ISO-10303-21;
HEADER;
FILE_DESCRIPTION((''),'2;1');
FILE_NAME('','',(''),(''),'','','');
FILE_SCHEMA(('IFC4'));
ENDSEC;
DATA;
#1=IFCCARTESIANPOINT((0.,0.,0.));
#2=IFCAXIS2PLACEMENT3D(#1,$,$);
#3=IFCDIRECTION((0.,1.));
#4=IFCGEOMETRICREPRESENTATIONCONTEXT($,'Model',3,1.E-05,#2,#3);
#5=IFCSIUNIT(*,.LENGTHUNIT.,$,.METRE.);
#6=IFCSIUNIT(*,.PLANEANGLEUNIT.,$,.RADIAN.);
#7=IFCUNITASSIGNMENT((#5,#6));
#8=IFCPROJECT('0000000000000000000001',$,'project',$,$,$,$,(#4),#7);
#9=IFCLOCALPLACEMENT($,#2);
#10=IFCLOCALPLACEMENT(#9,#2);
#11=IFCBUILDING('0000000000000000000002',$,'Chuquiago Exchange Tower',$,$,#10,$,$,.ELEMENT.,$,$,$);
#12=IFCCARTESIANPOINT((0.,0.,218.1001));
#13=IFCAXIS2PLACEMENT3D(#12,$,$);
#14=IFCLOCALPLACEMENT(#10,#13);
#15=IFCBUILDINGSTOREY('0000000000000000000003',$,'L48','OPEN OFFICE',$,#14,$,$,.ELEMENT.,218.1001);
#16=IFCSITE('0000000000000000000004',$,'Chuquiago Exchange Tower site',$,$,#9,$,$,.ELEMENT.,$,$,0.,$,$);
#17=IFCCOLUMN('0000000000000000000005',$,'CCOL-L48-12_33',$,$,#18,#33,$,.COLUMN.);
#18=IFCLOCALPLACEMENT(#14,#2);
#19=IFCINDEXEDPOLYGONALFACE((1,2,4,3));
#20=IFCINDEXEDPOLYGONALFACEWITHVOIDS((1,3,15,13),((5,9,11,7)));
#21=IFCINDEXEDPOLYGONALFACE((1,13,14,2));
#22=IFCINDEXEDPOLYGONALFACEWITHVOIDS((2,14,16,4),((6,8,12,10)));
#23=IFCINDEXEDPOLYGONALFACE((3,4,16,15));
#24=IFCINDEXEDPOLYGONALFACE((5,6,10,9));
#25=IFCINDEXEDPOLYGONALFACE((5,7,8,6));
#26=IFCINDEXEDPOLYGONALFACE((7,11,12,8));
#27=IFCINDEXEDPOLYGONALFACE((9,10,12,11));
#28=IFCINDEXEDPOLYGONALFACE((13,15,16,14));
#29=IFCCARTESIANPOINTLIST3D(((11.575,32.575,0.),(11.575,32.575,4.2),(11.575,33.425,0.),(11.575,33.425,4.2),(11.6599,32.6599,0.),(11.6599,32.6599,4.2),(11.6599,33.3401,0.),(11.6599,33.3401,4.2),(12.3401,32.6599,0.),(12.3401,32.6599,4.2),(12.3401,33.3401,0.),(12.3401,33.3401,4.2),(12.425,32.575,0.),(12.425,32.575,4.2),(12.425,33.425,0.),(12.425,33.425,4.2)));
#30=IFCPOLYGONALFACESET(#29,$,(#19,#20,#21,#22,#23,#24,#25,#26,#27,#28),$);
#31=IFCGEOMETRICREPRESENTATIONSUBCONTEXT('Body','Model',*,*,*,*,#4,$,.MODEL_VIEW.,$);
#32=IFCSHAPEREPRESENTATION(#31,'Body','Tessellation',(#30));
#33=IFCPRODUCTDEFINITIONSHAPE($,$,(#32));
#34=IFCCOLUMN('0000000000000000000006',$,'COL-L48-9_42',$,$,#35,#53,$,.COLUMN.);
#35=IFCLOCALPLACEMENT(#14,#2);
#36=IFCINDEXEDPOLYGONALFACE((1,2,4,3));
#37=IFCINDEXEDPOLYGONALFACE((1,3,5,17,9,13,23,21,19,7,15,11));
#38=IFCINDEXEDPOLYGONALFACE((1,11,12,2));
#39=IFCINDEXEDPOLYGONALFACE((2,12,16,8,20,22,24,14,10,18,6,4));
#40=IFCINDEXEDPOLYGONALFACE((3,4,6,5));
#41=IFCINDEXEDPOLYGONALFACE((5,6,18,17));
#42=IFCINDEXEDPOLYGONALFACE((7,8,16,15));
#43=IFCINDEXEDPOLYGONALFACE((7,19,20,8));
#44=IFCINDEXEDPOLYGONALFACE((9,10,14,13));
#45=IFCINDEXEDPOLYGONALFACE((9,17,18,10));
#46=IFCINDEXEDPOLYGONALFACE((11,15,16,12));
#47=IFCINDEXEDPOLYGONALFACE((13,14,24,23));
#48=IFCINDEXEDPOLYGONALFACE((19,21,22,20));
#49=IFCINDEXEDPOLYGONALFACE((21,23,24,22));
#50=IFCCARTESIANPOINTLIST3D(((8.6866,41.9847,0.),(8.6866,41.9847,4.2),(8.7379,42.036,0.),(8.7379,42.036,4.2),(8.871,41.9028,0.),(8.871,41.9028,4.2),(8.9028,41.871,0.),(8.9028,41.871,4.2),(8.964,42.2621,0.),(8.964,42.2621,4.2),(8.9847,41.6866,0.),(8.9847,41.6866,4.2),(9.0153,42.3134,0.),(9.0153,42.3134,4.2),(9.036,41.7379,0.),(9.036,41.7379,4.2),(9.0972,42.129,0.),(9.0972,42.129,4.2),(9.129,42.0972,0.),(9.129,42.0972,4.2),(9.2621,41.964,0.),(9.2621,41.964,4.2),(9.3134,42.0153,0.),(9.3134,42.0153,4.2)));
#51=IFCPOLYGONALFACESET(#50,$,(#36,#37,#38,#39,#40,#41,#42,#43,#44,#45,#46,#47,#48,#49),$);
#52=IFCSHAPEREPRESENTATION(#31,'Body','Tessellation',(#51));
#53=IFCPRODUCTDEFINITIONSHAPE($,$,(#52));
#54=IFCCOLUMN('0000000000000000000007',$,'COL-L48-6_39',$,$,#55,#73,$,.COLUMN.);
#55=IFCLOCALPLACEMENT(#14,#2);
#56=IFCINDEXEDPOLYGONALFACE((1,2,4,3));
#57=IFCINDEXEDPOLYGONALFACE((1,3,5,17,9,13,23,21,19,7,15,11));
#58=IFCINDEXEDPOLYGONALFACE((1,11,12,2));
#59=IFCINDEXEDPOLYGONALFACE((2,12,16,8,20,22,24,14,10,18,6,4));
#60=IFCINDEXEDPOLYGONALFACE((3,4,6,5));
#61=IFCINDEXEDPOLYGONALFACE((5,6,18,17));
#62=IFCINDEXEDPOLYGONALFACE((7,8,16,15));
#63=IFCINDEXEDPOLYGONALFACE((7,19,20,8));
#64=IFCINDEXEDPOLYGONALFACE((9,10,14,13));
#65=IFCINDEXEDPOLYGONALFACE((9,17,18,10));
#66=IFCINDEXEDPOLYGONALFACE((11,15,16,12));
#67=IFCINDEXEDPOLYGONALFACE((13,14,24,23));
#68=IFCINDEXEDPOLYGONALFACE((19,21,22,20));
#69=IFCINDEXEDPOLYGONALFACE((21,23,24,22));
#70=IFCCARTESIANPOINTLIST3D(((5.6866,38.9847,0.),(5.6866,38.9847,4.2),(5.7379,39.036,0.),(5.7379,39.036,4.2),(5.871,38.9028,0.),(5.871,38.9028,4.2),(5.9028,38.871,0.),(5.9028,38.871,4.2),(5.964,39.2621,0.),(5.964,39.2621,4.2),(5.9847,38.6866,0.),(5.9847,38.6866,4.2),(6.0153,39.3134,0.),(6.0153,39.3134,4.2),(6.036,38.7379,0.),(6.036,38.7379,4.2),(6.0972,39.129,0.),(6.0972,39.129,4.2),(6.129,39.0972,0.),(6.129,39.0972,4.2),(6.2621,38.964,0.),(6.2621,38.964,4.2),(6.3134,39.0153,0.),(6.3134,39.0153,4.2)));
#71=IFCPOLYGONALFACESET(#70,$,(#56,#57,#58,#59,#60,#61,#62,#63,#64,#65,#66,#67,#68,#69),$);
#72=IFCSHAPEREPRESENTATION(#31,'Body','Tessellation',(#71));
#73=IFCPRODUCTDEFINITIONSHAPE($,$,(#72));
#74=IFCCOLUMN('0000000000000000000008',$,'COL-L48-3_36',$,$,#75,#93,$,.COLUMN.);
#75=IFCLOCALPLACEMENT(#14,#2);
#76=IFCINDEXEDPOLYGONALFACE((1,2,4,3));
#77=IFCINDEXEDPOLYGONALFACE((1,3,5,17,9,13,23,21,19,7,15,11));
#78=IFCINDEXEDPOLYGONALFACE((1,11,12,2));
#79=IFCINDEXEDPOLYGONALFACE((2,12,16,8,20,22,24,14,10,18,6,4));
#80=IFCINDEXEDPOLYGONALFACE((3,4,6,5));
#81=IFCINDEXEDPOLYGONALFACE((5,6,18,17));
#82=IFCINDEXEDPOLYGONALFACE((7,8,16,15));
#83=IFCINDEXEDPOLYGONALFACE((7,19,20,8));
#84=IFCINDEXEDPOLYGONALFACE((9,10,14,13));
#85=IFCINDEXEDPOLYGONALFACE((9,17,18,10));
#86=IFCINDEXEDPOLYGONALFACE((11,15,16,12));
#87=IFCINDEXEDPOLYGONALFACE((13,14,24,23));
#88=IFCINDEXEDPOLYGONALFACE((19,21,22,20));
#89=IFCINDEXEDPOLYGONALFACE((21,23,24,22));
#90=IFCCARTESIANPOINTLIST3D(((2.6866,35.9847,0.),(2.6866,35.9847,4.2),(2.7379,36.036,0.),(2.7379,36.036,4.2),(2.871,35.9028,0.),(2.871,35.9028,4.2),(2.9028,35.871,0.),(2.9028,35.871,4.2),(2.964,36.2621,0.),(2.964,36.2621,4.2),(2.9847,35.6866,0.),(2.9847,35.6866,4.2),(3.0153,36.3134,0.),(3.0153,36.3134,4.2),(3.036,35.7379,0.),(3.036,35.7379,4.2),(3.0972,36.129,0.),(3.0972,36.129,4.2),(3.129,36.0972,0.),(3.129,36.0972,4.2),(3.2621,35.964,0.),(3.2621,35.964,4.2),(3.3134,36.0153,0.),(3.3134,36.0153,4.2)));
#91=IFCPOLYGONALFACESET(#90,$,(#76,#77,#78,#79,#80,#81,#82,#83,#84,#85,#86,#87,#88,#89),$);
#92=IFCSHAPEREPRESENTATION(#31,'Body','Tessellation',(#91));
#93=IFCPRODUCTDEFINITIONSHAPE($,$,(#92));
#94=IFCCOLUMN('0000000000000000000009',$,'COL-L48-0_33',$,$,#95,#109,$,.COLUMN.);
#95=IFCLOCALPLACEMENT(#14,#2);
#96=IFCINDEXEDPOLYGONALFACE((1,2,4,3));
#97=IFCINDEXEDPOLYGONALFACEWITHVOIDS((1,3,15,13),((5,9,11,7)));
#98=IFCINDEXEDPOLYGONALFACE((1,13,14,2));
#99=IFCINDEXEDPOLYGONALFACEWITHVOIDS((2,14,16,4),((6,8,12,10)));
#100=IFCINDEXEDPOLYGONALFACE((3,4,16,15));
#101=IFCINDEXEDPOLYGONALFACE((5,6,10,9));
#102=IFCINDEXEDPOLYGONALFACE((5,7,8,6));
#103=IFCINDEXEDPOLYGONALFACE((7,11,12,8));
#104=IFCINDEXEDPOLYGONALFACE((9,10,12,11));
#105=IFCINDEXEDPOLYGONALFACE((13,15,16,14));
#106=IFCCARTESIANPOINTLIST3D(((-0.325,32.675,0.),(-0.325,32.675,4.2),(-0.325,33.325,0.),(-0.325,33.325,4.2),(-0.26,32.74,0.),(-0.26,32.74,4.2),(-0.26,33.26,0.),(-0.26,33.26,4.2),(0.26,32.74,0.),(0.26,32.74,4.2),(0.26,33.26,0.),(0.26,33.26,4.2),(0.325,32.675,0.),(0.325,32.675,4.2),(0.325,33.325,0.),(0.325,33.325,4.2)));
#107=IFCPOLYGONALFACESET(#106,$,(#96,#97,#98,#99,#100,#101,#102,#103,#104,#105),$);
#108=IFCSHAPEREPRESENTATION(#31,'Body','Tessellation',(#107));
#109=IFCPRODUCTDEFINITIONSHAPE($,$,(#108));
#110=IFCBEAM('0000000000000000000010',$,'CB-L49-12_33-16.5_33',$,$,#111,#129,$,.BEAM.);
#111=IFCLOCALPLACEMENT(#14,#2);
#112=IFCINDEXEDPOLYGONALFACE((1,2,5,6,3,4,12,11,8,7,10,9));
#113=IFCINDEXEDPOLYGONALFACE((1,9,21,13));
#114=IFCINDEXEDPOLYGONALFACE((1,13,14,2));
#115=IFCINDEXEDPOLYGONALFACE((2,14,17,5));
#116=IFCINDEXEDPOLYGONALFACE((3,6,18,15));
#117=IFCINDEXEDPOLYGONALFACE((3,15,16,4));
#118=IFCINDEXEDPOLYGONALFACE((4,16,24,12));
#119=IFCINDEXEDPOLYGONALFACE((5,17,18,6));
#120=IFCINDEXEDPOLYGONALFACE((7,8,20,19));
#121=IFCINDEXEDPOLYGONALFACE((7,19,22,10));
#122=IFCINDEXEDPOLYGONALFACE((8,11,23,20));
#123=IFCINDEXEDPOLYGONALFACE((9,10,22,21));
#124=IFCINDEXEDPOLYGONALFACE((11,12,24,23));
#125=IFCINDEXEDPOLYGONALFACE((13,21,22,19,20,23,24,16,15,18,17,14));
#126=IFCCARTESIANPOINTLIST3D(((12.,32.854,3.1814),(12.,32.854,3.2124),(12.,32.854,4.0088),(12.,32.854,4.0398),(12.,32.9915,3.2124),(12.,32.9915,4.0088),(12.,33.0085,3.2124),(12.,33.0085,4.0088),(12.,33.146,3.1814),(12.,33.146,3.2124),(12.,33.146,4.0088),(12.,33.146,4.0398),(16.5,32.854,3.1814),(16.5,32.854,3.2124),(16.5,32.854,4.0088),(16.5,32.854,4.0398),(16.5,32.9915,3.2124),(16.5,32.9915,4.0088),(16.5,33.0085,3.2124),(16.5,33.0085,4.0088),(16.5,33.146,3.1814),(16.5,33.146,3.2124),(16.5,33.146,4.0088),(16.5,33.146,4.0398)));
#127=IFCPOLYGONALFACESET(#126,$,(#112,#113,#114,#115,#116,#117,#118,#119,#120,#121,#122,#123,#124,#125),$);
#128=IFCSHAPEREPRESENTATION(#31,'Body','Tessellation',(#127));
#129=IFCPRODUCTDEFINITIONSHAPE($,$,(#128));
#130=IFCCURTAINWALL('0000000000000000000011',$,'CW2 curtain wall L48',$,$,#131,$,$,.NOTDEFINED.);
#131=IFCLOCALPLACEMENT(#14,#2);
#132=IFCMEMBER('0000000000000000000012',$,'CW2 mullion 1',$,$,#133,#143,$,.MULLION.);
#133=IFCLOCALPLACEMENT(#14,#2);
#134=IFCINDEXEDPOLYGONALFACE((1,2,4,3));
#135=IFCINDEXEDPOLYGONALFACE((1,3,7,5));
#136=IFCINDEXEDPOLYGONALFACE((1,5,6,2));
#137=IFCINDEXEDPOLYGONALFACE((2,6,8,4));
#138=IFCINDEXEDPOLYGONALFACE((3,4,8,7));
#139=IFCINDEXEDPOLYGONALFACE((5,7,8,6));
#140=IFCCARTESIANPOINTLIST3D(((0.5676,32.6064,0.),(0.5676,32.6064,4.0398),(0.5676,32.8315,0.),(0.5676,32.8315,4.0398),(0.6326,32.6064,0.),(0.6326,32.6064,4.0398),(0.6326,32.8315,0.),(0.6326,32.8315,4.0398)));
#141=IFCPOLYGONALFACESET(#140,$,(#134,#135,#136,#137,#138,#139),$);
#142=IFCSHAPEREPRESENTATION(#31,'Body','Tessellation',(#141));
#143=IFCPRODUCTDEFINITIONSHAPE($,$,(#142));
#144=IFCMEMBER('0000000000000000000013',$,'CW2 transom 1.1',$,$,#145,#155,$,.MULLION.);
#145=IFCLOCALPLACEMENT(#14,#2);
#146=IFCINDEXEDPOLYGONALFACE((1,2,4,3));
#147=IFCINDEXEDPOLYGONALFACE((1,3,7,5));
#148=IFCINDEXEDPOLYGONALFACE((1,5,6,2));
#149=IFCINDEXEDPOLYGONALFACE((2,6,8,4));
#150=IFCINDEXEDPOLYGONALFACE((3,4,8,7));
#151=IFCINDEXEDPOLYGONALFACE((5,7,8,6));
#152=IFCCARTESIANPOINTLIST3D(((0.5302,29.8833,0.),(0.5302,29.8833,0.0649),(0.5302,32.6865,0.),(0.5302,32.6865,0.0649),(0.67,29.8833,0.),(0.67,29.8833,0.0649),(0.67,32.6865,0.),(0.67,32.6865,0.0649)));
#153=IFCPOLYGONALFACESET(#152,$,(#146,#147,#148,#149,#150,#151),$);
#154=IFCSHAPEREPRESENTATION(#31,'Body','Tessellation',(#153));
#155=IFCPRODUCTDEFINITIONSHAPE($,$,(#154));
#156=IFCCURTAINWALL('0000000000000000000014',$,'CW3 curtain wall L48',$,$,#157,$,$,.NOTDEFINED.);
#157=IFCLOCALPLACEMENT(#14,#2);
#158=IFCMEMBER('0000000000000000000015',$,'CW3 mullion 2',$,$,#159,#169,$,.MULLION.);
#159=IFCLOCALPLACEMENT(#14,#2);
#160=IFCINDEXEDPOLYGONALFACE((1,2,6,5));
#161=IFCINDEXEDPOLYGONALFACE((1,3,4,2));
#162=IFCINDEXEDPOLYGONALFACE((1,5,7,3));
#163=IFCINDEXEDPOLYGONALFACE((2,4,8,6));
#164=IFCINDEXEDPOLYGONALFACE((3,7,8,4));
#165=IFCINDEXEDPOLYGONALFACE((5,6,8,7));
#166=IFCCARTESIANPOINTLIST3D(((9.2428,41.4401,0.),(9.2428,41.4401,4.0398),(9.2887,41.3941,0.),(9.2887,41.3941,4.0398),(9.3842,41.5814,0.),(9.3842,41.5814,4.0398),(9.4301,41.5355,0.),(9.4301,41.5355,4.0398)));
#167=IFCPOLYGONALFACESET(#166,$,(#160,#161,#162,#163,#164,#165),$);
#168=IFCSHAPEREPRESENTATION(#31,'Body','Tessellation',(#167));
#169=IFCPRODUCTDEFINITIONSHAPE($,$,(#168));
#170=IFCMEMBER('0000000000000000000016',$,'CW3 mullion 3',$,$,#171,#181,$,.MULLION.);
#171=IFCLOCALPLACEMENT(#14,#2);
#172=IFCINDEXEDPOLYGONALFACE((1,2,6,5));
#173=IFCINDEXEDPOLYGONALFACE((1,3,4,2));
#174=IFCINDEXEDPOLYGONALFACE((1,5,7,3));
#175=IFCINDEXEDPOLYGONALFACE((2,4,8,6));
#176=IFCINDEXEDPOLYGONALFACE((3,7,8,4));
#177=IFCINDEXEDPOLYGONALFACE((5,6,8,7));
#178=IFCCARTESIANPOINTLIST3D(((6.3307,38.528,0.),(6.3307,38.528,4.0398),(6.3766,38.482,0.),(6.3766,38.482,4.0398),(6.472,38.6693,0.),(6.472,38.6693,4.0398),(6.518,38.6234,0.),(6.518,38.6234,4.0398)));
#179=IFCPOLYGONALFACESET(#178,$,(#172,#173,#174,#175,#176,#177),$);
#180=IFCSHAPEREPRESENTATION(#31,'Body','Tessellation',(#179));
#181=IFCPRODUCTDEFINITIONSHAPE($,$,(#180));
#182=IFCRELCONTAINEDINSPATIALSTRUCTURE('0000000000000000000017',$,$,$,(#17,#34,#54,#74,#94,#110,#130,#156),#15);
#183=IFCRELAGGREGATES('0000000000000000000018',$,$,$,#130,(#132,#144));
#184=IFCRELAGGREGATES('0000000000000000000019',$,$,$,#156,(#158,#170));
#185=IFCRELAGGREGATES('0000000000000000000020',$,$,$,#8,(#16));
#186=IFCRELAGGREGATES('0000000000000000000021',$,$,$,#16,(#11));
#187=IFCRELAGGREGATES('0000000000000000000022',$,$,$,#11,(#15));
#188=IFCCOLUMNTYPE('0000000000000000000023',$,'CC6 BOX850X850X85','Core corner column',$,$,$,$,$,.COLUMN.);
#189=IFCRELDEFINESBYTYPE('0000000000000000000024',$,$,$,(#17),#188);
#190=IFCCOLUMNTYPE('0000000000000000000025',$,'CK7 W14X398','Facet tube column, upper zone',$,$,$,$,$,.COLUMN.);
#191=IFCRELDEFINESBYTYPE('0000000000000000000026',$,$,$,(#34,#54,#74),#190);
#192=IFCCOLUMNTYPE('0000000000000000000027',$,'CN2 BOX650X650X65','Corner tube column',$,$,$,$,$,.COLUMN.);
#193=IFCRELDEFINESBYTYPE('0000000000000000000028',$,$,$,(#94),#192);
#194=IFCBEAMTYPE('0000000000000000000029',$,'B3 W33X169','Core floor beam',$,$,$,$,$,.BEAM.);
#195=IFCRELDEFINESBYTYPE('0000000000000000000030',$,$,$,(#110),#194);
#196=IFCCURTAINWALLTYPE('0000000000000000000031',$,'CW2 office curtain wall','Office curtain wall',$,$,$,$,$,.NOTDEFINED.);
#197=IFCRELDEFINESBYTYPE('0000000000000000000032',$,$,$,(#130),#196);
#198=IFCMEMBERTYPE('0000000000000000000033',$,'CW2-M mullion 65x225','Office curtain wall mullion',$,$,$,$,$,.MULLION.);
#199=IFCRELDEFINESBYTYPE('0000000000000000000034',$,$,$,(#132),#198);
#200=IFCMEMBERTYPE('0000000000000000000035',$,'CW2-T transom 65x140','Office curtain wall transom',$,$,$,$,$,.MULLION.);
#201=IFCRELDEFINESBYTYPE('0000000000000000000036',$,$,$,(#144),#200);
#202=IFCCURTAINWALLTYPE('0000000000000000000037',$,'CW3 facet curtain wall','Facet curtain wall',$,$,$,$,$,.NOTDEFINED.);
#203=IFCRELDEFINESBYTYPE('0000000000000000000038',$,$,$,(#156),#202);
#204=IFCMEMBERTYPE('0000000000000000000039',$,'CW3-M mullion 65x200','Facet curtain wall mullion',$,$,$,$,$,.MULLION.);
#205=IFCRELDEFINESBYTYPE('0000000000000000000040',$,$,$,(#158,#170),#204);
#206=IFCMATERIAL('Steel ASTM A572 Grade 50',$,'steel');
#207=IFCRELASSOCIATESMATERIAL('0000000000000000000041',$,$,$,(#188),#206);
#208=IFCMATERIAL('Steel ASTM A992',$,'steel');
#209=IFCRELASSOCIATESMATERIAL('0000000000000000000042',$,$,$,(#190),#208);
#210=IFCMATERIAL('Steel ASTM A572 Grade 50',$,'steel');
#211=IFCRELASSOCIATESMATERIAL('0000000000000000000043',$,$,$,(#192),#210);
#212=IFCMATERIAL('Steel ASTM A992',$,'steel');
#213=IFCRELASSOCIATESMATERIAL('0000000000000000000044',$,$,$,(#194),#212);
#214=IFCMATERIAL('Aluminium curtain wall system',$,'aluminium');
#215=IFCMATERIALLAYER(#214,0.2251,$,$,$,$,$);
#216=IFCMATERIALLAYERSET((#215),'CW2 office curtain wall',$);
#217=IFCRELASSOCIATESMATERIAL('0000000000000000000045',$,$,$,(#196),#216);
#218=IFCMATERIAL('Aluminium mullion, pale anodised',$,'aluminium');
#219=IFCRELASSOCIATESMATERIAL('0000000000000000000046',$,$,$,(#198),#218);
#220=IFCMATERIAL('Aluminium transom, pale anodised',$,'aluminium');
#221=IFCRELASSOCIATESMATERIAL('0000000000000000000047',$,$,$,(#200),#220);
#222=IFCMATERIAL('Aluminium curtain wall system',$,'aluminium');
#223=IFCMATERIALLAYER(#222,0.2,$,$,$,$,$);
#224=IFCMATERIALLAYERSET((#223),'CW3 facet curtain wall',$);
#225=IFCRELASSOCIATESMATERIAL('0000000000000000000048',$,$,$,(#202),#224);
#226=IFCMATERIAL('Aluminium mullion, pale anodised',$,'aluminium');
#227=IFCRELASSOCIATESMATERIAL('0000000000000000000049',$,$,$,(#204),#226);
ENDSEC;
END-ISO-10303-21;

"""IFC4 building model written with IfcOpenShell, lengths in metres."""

from ifc_helpers import new_model, si_unit, direction, frame, origin, origin_2d, place, context, subcontext, project, spatial, rectangle, hollow_rectangle, i_section, extrude, material, layer, layer_set, material_profile, profile_set, type_object, element, aggregate, save


model = new_model("IFC4")

# Units and contexts
model_context = context("Model", 3, precision=1e-05, world=origin(), true_north=direction((0.0, 1.0)))
body_context = subcontext(model_context, "Body", "Model", "MODEL_VIEW")
ifc_project = project(units=[si_unit("LENGTHUNIT", "METRE"), si_unit("PLANEANGLEUNIT", "RADIAN")], contexts=[model_context])

# Site, building, storey
site_placement = place(None, origin())
site = spatial("IfcSite", under=ifc_project, at=site_placement, Name="Chuquiago Exchange Tower site", CompositionType="ELEMENT", RefElevation=0.0)
building_placement = place(site_placement, origin())
building = spatial("IfcBuilding", under=site, at=building_placement, Name="Chuquiago Exchange Tower", CompositionType="ELEMENT")
storey_placement = place(building_placement, frame((0.0, 0.0, 218.1001)))
storey = spatial("IfcBuildingStorey", under=building, at=storey_placement, Name="L48", Description="OPEN OFFICE", CompositionType="ELEMENT", Elevation=218.1001)

# Columns
ifc_material_1 = material(Name="Steel ASTM A572 Grade 50", Category="steel")
ifc_material_profile_1 = material_profile(ifc_material_1, hollow_rectangle(XDim=0.8501, YDim=0.8501, WallThickness=0.085, at=origin_2d()), Name="BOX850X850X85")
ifc_profile_set_1 = profile_set([ifc_material_profile_1], Name="Steel ASTM A572 Grade 50")
column_type_1 = type_object("IfcColumnType", Name="CC6 BOX850X850X85", Description="Core corner column", PredefinedType="COLUMN", material=ifc_profile_set_1)
column_1_placement = place(storey_placement, frame((12.0, 33.0, 0.0), z_axis=(0.0, 0.0, 1.0), x_axis=(1.0, 0.0, 0.0)))
element("IfcColumn", 1, at=column_1_placement, inside=storey, type_object=column_type_1, Name="CCOL-L48-12_33", PredefinedType="COLUMN", context=body_context, shape_type="SweptSolid", body=[
    extrude(hollow_rectangle(XDim=0.8501, YDim=0.8501, WallThickness=0.085, at=origin_2d()), origin(), (0.0, 0.0, 1.0), 4.2),
])
ifc_material_2 = material(Name="Steel ASTM A992", Category="steel")
ifc_material_profile_2 = material_profile(ifc_material_2, i_section(OverallWidth=0.4216, OverallDepth=0.4648, WebThickness=0.0449, FlangeThickness=0.0725, at=origin_2d()), Name="W14X398")
ifc_profile_set_2 = profile_set([ifc_material_profile_2], Name="Steel ASTM A992")
column_type_2 = type_object("IfcColumnType", Name="CK7 W14X398", Description="Facet tube column, upper zone", PredefinedType="COLUMN", material=ifc_profile_set_2)
for number, where, z_axis, x_axis, name in (
    (2, (9.0, 42.0, 0.0), (0.0, 0.0, 1.0), (-0.707107, 0.707107, 0.0), "COL-L48-9_42"),
    (3, (6.0, 39.0, 0.0), (0.0, 0.0, 1.0), (-0.707107, 0.707107, 0.0), "COL-L48-6_39"),
    (4, (3.0, 36.0, 0.0), (0.0, 0.0, 1.0), (-0.707107, 0.707107, 0.0), "COL-L48-3_36"),
):
    element("IfcColumn", number, at=place(storey_placement, frame(where, z_axis=z_axis, x_axis=x_axis)), inside=storey, type_object=column_type_2, Name=name, PredefinedType="COLUMN", context=body_context, shape_type="SweptSolid", body=[
        extrude(i_section(OverallWidth=0.4216, OverallDepth=0.4648, WebThickness=0.0449, FlangeThickness=0.0725, at=origin_2d()), origin(), (0.0, 0.0, 1.0), 4.2),
    ])
ifc_material_3 = material(Name="Steel ASTM A572 Grade 50", Category="steel")
ifc_material_profile_3 = material_profile(ifc_material_3, hollow_rectangle(XDim=0.6499, YDim=0.6499, WallThickness=0.0649, at=origin_2d()), Name="BOX650X650X65")
ifc_profile_set_3 = profile_set([ifc_material_profile_3], Name="Steel ASTM A572 Grade 50")
column_type_3 = type_object("IfcColumnType", Name="CN2 BOX650X650X65", Description="Corner tube column", PredefinedType="COLUMN", material=ifc_profile_set_3)
column_2_placement = place(storey_placement, frame((0.0, 33.0, 0.0), z_axis=(0.0, 0.0, 1.0), x_axis=(-1.0, 0.0, 0.0)))
element("IfcColumn", 5, at=column_2_placement, inside=storey, type_object=column_type_3, Name="COL-L48-0_33", PredefinedType="COLUMN", context=body_context, shape_type="SweptSolid", body=[
    extrude(hollow_rectangle(XDim=0.6499, YDim=0.6499, WallThickness=0.0649, at=origin_2d()), origin(), (0.0, 0.0, 1.0), 4.2),
])

# Beam
ifc_material_4 = material(Name="Steel ASTM A992", Category="steel")
ifc_material_profile_4 = material_profile(ifc_material_4, i_section(OverallWidth=0.292, OverallDepth=0.8584, WebThickness=0.0171, FlangeThickness=0.031, at=origin_2d()), Name="W33X169")
ifc_profile_set_4 = profile_set([ifc_material_profile_4], Name="Steel ASTM A992")
beam_type_1 = type_object("IfcBeamType", Name="B3 W33X169", Description="Core floor beam", PredefinedType="BEAM", material=ifc_profile_set_4)
beam_1_placement = place(storey_placement, frame((12.0, 33.0, 3.6106), z_axis=(1.0, 0.0, 0.0), x_axis=(0.0, 1.0, 0.0)))
element("IfcBeam", 6, at=beam_1_placement, inside=storey, type_object=beam_type_1, Name="CB-L49-12_33-16.5_33", PredefinedType="BEAM", context=body_context, shape_type="SweptSolid", body=[
    extrude(i_section(OverallWidth=0.292, OverallDepth=0.8584, WebThickness=0.0171, FlangeThickness=0.031, at=origin_2d()), origin(), (0.0, 0.0, 1.0), 4.5),
])

# Curtain walls, members
ifc_material_5 = material(Name="Aluminium curtain wall system", Category="aluminium")
ifc_layer_1 = layer(ifc_material_5, 0.2251)
ifc_layer_set_1 = layer_set([ifc_layer_1], Name="CW2 office curtain wall")
curtain_wall_type_1 = type_object("IfcCurtainWallType", Name="CW2 office curtain wall", Description="Office curtain wall", PredefinedType="NOTDEFINED", material=ifc_layer_set_1)
curtain_wall_1_placement = place(storey_placement, origin())
curtain_wall_1 = element("IfcCurtainWall", 7, at=curtain_wall_1_placement, inside=storey, type_object=curtain_wall_type_1, Name="CW2 curtain wall L48", PredefinedType="NOTDEFINED")
ifc_material_6 = material(Name="Aluminium mullion, pale anodised", Category="aluminium")
ifc_material_profile_5 = material_profile(ifc_material_6, rectangle(XDim=0.0649, YDim=0.2251, at=origin_2d()), Name="AL 65x225")
ifc_profile_set_5 = profile_set([ifc_material_profile_5], Name="Aluminium mullion, pale anodised")
member_type_1 = type_object("IfcMemberType", Name="CW2-M mullion 65x225", Description="Office curtain wall mullion", PredefinedType="MULLION", material=ifc_profile_set_5)
member_1_placement = place(storey_placement, frame((0.6001, 32.719, 0.0), z_axis=(0.0, 0.0, 1.0), x_axis=(1.0, 0.0, 0.0)))
member_1 = element("IfcMember", 8, at=member_1_placement, type_object=member_type_1, Name="CW2 mullion 1", PredefinedType="MULLION", context=body_context, shape_type="SweptSolid", body=[
    extrude(rectangle(XDim=0.0649, YDim=0.2251, at=origin_2d()), origin(), (0.0, 0.0, 1.0), 4.0398),
])
ifc_material_7 = material(Name="Aluminium transom, pale anodised", Category="aluminium")
ifc_material_profile_6 = material_profile(ifc_material_7, rectangle(XDim=0.1399, YDim=0.0649, at=origin_2d()), Name="AL 140x65")
ifc_profile_set_6 = profile_set([ifc_material_profile_6], Name="Aluminium transom, pale anodised")
member_type_2 = type_object("IfcMemberType", Name="CW2-T transom 65x140", Description="Office curtain wall transom", PredefinedType="MULLION", material=ifc_profile_set_6)
member_2_placement = place(storey_placement, frame((0.6001, 32.6865, 0.0325), z_axis=(0.0, -1.0, 0.0), x_axis=(1.0, 0.0, 0.0)))
member_2 = element("IfcMember", 9, at=member_2_placement, type_object=member_type_2, Name="CW2 transom 1.1", PredefinedType="MULLION", context=body_context, shape_type="SweptSolid", body=[
    extrude(rectangle(XDim=0.1399, YDim=0.0649, at=origin_2d()), origin(), (0.0, 0.0, 1.0), 2.8032),
])
aggregate(curtain_wall_1, [member_1, member_2])
ifc_material_8 = material(Name="Aluminium curtain wall system", Category="aluminium")
ifc_layer_2 = layer(ifc_material_8, 0.2)
ifc_layer_set_2 = layer_set([ifc_layer_2], Name="CW3 facet curtain wall")
curtain_wall_type_2 = type_object("IfcCurtainWallType", Name="CW3 facet curtain wall", Description="Facet curtain wall", PredefinedType="NOTDEFINED", material=ifc_layer_set_2)
curtain_wall_2_placement = place(storey_placement, origin())
curtain_wall_2 = element("IfcCurtainWall", 10, at=curtain_wall_2_placement, inside=storey, type_object=curtain_wall_type_2, Name="CW3 curtain wall L48", PredefinedType="NOTDEFINED")
ifc_material_9 = material(Name="Aluminium mullion, pale anodised", Category="aluminium")
ifc_material_profile_7 = material_profile(ifc_material_9, rectangle(XDim=0.0649, YDim=0.2, at=origin_2d()), Name="AL 65x200")
ifc_profile_set_7 = profile_set([ifc_material_profile_7], Name="Aluminium mullion, pale anodised")
member_type_3 = type_object("IfcMemberType", Name="CW3-M mullion 65x200", Description="Facet curtain wall mullion", PredefinedType="MULLION", material=ifc_profile_set_7)
member_3_placement = place(storey_placement, frame((9.3364, 41.4878, 0.0), z_axis=(0.0, 0.0, 1.0), x_axis=(0.707107, -0.707107, 0.0)))
member_3 = element("IfcMember", 11, at=member_3_placement, type_object=member_type_3, Name="CW3 mullion 2", PredefinedType="MULLION", context=body_context, shape_type="SweptSolid", body=[
    extrude(rectangle(XDim=0.0649, YDim=0.2, at=origin_2d()), origin(), (0.0, 0.0, 1.0), 4.0398),
])
member_4_placement = place(storey_placement, frame((6.4243, 38.5757, 0.0), z_axis=(0.0, 0.0, 1.0), x_axis=(0.707107, -0.707107, 0.0)))
member_4 = element("IfcMember", 12, at=member_4_placement, type_object=member_type_3, Name="CW3 mullion 3", PredefinedType="MULLION", context=body_context, shape_type="SweptSolid", body=[
    extrude(rectangle(XDim=0.0649, YDim=0.2, at=origin_2d()), origin(), (0.0, 0.0, 1.0), 4.0398),
])

aggregate(curtain_wall_2, [member_3, member_4])

save(model, "model.ifc")
